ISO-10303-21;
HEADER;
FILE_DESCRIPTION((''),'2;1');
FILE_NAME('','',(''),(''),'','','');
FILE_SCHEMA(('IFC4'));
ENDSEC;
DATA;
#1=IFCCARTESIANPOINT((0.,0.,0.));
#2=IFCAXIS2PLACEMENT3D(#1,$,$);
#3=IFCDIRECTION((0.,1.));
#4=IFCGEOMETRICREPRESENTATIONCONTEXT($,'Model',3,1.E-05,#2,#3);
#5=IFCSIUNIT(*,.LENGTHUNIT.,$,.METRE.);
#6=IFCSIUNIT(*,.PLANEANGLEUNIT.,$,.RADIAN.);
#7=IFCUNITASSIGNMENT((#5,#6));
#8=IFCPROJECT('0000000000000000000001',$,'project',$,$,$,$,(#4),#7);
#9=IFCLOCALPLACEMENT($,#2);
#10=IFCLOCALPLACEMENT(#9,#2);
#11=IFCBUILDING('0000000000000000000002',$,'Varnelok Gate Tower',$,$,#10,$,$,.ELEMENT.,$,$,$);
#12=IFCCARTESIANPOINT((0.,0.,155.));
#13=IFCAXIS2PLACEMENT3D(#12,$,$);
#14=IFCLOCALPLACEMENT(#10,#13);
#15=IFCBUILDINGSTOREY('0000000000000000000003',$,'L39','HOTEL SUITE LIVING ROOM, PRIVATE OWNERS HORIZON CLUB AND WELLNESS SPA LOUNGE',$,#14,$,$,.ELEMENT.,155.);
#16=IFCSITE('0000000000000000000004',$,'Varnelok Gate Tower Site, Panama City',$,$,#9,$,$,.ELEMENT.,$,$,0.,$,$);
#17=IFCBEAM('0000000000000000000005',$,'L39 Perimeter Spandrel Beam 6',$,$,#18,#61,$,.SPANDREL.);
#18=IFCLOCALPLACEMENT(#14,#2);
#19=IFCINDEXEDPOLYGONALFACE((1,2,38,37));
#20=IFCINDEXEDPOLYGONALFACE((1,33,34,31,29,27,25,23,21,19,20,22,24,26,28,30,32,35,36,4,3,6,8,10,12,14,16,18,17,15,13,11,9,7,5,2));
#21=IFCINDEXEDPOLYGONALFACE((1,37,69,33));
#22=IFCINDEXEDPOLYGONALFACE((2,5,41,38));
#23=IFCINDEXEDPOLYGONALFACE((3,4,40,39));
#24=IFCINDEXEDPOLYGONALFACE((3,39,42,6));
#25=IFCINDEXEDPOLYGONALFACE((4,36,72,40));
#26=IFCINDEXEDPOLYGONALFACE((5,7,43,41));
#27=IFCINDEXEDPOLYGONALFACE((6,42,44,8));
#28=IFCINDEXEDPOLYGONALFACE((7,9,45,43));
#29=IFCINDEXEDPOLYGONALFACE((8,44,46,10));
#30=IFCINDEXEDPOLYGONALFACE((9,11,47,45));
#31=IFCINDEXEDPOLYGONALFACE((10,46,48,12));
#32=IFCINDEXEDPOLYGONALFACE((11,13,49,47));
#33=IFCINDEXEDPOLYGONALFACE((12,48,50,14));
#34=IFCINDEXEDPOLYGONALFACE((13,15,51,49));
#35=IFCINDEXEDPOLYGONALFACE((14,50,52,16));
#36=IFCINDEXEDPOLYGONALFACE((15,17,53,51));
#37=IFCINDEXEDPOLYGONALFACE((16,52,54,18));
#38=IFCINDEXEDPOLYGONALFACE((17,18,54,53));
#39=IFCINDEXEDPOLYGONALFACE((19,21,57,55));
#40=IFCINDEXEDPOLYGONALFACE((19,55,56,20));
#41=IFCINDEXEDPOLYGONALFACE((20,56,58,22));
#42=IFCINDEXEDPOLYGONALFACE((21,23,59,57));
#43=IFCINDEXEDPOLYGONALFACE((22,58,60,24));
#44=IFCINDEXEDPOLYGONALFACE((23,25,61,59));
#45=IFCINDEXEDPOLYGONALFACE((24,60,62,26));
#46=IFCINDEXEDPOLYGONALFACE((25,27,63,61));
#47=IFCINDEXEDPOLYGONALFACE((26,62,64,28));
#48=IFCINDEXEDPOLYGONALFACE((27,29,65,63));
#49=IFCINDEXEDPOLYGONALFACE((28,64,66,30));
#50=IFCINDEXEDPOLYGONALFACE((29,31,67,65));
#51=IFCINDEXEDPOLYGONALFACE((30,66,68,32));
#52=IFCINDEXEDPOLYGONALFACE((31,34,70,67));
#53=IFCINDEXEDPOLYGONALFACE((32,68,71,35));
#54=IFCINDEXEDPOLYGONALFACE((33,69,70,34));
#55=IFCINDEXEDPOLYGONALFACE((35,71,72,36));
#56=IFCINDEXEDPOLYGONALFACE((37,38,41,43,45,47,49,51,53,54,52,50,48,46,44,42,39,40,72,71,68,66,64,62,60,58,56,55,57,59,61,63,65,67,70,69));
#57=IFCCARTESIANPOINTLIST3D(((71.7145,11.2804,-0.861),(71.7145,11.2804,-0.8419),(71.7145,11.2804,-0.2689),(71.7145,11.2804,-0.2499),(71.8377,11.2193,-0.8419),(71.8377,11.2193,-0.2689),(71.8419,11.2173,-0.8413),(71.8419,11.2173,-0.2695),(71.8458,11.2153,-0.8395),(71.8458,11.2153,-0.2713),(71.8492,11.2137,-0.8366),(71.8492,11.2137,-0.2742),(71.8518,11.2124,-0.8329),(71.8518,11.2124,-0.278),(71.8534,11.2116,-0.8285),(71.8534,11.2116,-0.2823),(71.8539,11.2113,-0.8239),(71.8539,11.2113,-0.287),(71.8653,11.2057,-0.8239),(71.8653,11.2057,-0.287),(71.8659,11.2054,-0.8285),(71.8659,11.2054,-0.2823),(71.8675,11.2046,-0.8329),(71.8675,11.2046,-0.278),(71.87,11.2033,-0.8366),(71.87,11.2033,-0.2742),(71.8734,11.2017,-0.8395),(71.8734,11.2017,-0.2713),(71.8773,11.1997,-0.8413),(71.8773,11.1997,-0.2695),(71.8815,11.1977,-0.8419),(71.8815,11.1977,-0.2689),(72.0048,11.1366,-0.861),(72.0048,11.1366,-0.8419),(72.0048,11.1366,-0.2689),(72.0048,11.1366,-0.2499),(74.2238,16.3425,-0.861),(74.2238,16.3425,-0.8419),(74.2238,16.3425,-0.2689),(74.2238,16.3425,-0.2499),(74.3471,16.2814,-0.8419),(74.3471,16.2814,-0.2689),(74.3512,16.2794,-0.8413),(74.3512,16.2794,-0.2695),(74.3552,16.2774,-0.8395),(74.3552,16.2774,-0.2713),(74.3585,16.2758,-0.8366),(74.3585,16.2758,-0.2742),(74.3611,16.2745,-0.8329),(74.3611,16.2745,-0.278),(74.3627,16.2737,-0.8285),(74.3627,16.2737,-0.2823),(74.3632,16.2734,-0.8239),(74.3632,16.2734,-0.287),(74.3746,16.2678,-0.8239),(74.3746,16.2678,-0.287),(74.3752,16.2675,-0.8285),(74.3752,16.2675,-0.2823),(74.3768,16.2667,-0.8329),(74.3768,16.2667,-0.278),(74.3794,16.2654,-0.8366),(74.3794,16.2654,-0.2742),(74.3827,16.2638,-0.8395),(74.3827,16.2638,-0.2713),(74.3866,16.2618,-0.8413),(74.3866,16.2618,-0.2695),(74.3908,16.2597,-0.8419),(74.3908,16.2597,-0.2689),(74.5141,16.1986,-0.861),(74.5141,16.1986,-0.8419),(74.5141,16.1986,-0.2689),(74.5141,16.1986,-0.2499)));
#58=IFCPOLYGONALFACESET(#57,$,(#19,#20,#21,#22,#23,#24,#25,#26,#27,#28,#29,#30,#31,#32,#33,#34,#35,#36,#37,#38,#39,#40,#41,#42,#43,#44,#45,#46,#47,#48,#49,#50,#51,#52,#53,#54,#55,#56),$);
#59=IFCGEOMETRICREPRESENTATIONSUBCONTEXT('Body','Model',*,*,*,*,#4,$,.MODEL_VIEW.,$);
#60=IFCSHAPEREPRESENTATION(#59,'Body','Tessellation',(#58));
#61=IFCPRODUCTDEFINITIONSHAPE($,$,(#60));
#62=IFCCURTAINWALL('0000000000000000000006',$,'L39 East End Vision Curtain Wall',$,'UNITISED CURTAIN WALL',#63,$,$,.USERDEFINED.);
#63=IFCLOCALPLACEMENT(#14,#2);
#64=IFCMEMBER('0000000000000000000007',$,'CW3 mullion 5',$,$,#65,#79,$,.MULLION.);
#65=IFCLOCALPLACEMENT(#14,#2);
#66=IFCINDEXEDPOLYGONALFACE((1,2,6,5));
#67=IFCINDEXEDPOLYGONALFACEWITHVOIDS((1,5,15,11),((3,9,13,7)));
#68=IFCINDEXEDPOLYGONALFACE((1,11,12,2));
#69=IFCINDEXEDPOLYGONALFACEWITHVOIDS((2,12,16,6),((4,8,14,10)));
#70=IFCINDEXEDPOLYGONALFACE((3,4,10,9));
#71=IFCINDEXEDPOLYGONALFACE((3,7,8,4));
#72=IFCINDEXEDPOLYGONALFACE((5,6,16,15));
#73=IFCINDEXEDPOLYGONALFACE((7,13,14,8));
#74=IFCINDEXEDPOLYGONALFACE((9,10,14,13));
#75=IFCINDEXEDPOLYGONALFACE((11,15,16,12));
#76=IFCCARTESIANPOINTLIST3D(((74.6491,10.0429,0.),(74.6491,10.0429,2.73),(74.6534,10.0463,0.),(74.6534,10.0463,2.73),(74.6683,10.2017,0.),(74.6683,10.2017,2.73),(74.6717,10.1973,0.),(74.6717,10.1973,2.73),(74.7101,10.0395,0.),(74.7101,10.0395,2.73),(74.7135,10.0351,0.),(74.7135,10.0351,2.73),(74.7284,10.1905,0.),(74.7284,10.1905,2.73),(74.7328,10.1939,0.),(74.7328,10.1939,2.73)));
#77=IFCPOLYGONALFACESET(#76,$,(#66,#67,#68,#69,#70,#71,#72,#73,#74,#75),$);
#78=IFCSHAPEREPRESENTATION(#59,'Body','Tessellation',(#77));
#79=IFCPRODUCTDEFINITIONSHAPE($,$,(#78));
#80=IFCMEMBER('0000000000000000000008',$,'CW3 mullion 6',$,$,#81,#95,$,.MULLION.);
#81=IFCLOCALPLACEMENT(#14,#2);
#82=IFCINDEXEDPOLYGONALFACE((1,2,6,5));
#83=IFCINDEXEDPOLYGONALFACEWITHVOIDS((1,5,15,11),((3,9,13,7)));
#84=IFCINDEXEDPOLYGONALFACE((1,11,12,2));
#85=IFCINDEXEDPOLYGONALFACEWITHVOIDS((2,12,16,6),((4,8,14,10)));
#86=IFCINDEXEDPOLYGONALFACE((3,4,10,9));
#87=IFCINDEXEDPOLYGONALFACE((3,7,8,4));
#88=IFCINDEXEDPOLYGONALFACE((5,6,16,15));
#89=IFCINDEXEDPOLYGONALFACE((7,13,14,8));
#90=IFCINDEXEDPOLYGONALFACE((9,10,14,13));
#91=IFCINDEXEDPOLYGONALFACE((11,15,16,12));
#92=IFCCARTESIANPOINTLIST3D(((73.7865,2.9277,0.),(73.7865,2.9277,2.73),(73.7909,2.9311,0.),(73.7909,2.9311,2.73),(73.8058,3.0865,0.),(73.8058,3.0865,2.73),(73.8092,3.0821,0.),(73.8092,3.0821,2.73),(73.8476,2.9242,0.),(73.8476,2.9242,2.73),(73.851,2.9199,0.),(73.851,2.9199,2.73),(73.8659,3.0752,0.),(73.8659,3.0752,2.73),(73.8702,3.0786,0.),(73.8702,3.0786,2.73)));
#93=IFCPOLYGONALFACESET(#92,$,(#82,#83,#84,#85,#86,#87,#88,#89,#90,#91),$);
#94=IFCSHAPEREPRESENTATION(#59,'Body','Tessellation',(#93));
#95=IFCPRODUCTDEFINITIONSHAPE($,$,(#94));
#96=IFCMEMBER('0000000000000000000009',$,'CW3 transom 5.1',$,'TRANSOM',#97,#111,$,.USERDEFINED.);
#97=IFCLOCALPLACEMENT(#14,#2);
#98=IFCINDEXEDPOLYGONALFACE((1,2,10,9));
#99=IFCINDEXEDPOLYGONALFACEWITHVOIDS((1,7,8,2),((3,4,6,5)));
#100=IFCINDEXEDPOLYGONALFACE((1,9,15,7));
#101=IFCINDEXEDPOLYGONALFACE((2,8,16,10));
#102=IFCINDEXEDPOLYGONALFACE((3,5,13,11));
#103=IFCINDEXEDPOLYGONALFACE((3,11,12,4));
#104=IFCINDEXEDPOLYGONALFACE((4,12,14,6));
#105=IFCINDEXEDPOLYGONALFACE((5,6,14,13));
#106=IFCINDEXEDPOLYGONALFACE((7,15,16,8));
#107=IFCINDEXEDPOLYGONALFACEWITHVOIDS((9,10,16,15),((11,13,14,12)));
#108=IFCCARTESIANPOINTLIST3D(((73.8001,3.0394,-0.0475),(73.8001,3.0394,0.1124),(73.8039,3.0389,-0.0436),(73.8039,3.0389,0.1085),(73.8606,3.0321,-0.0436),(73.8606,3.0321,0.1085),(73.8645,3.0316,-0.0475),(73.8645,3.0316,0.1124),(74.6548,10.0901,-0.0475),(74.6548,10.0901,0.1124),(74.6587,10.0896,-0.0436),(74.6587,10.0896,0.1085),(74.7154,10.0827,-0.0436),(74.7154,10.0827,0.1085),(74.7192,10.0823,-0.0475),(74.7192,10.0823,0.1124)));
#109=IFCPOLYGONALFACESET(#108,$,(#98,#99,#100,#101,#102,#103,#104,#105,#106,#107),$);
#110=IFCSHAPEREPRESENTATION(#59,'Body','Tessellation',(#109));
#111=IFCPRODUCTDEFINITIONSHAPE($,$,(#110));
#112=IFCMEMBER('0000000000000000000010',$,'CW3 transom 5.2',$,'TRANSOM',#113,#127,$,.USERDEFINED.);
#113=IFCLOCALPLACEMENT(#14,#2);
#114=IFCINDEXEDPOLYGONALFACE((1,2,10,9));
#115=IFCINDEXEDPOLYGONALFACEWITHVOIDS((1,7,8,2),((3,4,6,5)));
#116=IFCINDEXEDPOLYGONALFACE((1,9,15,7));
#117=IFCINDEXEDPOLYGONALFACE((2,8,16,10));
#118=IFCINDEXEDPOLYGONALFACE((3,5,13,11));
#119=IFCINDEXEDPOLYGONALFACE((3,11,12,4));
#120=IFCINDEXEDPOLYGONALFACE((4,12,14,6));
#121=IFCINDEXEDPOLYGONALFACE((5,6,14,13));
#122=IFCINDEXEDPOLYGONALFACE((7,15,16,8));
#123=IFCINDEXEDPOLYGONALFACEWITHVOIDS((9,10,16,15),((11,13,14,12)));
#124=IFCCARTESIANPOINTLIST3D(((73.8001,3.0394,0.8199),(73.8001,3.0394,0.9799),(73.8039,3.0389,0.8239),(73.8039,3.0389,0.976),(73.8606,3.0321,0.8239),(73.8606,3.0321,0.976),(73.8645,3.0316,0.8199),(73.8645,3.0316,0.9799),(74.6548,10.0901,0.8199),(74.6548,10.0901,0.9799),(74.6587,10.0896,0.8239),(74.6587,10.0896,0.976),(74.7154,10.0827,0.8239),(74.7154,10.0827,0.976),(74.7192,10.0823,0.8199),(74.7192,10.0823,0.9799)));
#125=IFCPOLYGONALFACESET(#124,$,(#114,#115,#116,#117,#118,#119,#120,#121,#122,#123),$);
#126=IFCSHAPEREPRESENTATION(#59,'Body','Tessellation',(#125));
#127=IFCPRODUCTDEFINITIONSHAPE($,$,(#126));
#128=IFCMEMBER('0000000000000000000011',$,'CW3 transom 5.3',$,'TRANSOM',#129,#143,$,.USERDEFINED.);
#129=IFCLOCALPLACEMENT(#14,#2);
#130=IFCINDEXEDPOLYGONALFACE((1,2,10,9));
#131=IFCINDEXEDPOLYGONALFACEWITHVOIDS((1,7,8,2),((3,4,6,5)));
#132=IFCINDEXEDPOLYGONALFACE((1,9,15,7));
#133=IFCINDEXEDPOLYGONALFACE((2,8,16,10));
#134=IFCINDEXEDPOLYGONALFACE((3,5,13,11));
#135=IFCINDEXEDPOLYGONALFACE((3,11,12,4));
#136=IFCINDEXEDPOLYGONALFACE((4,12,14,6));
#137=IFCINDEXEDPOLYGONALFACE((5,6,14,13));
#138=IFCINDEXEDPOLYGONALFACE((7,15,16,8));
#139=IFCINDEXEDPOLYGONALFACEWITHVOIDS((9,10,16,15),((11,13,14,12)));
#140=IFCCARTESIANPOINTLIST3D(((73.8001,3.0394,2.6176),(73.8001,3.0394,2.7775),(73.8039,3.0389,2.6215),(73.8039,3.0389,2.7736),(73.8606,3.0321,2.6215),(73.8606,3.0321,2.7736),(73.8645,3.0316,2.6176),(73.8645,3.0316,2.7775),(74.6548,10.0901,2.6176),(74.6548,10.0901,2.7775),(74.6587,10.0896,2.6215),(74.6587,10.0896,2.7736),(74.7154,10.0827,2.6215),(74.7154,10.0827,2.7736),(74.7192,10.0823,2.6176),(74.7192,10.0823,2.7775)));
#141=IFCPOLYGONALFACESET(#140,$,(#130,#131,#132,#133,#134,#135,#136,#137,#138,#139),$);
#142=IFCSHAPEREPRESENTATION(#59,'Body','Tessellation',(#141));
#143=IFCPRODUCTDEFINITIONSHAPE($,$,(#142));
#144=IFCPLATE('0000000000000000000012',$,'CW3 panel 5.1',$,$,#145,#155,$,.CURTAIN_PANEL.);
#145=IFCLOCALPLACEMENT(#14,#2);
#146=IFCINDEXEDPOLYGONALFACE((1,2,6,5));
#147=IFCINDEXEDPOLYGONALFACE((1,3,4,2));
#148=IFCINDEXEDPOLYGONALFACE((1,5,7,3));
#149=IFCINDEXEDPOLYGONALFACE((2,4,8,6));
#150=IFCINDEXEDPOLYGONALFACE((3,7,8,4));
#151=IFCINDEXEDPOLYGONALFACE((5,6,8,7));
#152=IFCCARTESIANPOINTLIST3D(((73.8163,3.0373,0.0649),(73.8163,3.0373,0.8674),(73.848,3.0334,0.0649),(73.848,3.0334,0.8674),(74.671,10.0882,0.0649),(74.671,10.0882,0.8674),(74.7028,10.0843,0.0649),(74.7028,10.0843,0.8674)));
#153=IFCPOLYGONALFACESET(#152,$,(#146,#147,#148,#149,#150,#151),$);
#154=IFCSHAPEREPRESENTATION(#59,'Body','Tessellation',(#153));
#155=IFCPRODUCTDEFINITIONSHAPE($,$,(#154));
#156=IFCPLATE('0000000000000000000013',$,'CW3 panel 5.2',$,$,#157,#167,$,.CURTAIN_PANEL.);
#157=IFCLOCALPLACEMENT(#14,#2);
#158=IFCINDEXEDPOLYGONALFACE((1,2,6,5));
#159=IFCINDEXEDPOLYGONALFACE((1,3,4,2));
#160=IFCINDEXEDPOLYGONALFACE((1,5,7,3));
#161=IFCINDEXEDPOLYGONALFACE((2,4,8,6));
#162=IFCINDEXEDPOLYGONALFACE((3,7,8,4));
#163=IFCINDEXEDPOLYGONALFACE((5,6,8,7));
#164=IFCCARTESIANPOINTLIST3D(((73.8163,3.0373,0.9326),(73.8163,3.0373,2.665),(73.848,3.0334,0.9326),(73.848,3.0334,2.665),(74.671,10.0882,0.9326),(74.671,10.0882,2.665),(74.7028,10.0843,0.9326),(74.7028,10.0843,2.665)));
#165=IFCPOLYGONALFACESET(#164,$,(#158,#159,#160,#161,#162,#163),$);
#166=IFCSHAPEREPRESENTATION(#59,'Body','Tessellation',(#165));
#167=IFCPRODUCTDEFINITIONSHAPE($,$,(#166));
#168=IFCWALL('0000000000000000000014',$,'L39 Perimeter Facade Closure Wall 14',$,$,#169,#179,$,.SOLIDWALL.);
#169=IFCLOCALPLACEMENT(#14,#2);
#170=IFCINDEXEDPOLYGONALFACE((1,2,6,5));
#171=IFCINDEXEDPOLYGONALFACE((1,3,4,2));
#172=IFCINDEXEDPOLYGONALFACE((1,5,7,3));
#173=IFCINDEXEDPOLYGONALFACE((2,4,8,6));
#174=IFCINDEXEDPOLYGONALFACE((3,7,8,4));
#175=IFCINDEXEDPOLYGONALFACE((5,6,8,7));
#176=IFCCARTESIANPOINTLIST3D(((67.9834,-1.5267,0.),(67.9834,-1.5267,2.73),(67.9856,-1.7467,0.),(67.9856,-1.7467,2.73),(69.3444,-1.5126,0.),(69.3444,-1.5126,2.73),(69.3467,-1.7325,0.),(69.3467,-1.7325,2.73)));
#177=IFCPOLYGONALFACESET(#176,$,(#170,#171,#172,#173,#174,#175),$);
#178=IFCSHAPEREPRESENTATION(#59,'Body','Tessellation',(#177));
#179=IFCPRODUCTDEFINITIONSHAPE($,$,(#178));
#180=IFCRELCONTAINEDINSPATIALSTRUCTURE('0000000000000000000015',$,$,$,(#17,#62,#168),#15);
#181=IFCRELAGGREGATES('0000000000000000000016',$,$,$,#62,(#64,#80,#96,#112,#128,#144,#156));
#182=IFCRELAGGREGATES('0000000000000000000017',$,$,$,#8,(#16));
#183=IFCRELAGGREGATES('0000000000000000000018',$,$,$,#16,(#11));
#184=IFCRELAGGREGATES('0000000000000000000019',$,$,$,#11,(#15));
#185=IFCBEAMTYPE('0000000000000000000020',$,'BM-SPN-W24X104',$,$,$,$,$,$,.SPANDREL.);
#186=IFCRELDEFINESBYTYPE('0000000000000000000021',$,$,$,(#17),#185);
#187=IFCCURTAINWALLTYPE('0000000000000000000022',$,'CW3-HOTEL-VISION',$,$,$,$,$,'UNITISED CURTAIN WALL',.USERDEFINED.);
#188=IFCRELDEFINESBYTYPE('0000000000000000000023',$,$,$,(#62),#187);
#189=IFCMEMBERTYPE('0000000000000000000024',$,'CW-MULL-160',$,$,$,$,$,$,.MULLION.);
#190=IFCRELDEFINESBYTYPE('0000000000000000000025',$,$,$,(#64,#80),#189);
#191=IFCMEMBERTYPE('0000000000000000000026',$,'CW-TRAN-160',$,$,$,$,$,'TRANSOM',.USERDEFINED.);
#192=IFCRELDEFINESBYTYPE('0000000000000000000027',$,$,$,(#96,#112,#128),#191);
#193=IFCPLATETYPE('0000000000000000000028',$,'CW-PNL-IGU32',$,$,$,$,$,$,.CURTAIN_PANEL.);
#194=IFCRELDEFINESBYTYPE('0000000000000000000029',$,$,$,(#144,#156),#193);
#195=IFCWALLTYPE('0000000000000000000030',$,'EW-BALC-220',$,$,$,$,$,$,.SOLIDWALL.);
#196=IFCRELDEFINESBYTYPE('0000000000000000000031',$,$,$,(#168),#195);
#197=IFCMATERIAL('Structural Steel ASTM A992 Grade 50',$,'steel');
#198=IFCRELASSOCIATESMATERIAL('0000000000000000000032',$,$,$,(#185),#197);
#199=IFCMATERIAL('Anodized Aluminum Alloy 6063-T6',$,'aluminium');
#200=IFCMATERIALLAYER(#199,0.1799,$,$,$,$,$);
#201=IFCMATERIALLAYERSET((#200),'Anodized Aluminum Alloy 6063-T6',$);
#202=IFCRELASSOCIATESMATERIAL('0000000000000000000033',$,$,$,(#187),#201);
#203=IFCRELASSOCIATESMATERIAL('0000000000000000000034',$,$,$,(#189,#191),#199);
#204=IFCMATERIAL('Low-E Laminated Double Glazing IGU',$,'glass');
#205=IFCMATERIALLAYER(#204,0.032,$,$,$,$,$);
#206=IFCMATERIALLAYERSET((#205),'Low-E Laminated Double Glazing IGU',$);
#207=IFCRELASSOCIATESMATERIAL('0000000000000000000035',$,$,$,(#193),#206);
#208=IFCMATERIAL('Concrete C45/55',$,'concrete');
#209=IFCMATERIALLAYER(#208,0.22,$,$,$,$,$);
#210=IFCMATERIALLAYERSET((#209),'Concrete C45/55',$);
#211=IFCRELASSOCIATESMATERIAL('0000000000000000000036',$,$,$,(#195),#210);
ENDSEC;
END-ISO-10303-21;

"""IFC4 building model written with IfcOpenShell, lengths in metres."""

from ifc_helpers import new_model, si_unit, direction, frame, frame_2d, origin, origin_2d, place, context, subcontext, project, spatial, rectangle, hollow_rectangle, i_section, extrude, source, transform, mapped, material, layer, layer_set, material_profile, profile_set, type_object, element, aggregate, save


model = new_model("IFC4")

# Units and contexts
model_context = context("Model", 3, precision=1e-05, world=origin(), true_north=direction((0.0, 1.0)))
body_context = subcontext(model_context, "Body", "Model", "MODEL_VIEW")
ifc_project = project(units=[si_unit("LENGTHUNIT", "METRE"), si_unit("PLANEANGLEUNIT", "RADIAN")], contexts=[model_context])

# Site, building, storey
site_placement = place(None, origin())
site = spatial("IfcSite", under=ifc_project, at=site_placement, Name="Varnelok Gate Tower Site, Panama City", CompositionType="ELEMENT", RefElevation=0.0)
building_placement = place(site_placement, origin())
building = spatial("IfcBuilding", under=site, at=building_placement, Name="Varnelok Gate Tower", CompositionType="ELEMENT")
storey_placement = place(building_placement, frame((0.0, 0.0, 155.0)))
storey = spatial("IfcBuildingStorey", under=building, at=storey_placement, Name="L39", Description="HOTEL SUITE LIVING ROOM, PRIVATE OWNERS HORIZON CLUB AND WELLNESS SPA LOUNGE", CompositionType="ELEMENT", Elevation=155.0)

# Shared definitions
ifc_material_1 = material(Name="Structural Steel ASTM A992 Grade 50", Category="steel")

# Beam
ifc_material_profile_1 = material_profile(ifc_material_1, i_section(OverallWidth=0.324, OverallDepth=0.6111, WebThickness=0.0127, FlangeThickness=0.019, FilletRadius=0.0181, at=origin_2d()), Name="W24X104")
ifc_profile_set_1 = profile_set([ifc_material_profile_1], Name="Structural Steel ASTM A992 Grade 50")
beam_type_1 = type_object("IfcBeamType", Name="BM-SPN-W24X104", PredefinedType="SPANDREL", material=ifc_profile_set_1)
beam_1_placement = place(storey_placement, frame((71.8596, 11.2085, -0.5554), z_axis=(0.444134, 0.89596, 0.0), x_axis=(-0.89596, 0.444134, 0.0)))
element("IfcBeam", 1, at=beam_1_placement, inside=storey, type_object=beam_type_1, Name="L39 Perimeter Spandrel Beam 6", PredefinedType="SPANDREL", context=body_context, shape_type="SweptSolid", body=[
    extrude(i_section(OverallWidth=0.324, OverallDepth=0.6111, WebThickness=0.0127, FlangeThickness=0.019, FilletRadius=0.0181, at=origin_2d()), origin(), (0.0, 0.0, 1.0), 5.6499),
])

# Curtain wall, members, plates
ifc_material_2 = material(Name="Anodized Aluminum Alloy 6063-T6", Category="aluminium")
ifc_layer_1 = layer(ifc_material_2, 0.1799)
ifc_layer_set_1 = layer_set([ifc_layer_1], Name="Anodized Aluminum Alloy 6063-T6")
curtain_wall_type = type_object("IfcCurtainWallType", Name="CW3-HOTEL-VISION", ElementType="UNITISED CURTAIN WALL", PredefinedType="USERDEFINED", material=ifc_layer_set_1)
curtain_wall_placement = place(storey_placement, origin())
curtain_wall = element("IfcCurtainWall", 2, at=curtain_wall_placement, inside=storey, type_object=curtain_wall_type, Name="L39 East End Vision Curtain Wall", ObjectType="UNITISED CURTAIN WALL", PredefinedType="USERDEFINED")
ifc_material_profile_2 = material_profile(ifc_material_2, hollow_rectangle(XDim=0.0649, YDim=0.1599, WallThickness=0.0039, at=origin_2d()), Name="ALU160X65X4")
ifc_profile_set_2 = profile_set([ifc_material_profile_2], Name="Anodized Aluminum Alloy 6063-T6")
member_type_1 = type_object("IfcMemberType", Name="CW-MULL-160", PredefinedType="MULLION", material=ifc_profile_set_2)
member_1_placement = place(storey_placement, frame((74.6909, 10.1184, 0.0), z_axis=(0.0, 0.0, 1.0), x_axis=(0.992732, -0.120347, 0.0)))
member_1 = element("IfcMember", 3, at=member_1_placement, type_object=member_type_1, Name="CW3 mullion 5", PredefinedType="MULLION", context=body_context, shape_type="SweptSolid", body=[
    extrude(hollow_rectangle(XDim=0.0649, YDim=0.1599, WallThickness=0.0039, at=origin_2d()), origin(), (0.0, 0.0, 1.0), 2.73),
])
member_2_placement = place(storey_placement, frame((73.8284, 3.0032, 0.0), z_axis=(0.0, 0.0, 1.0), x_axis=(0.992732, -0.120347, 0.0)))
member_2 = element("IfcMember", 4, at=member_2_placement, type_object=member_type_1, Name="CW3 mullion 6", PredefinedType="MULLION", context=body_context, shape_type="SweptSolid", body=[
    extrude(hollow_rectangle(XDim=0.0649, YDim=0.1599, WallThickness=0.0039, at=origin_2d()), origin(), (0.0, 0.0, 1.0), 2.73),
])
ifc_material_profile_3 = material_profile(ifc_material_2, hollow_rectangle(XDim=0.0649, YDim=0.1599, WallThickness=0.0039, at=origin_2d()), Name="ALU160X65X4")
ifc_profile_set_3 = profile_set([ifc_material_profile_3], Name="Anodized Aluminum Alloy 6063-T6")
member_type_2 = type_object("IfcMemberType", Name="CW-TRAN-160", ElementType="TRANSOM", PredefinedType="USERDEFINED", material=ifc_profile_set_3)
member_3_placement = place(storey_placement, frame((74.687, 10.0862, 0.0325), z_axis=(-0.120345, -0.992732, 0.0), x_axis=(0.992732, -0.120345, 0.0)))
member_3 = element("IfcMember", 5, at=member_3_placement, type_object=member_type_2, Name="CW3 transom 5.1", ObjectType="TRANSOM", PredefinedType="USERDEFINED", context=body_context, shape_type="SweptSolid", body=[
    extrude(hollow_rectangle(XDim=0.0649, YDim=0.1599, WallThickness=0.0039, at=origin_2d()), origin(), (0.0, 0.0, 1.0), 7.1023),
])
member_4_placement = place(storey_placement, frame((74.687, 10.0862, 0.8999), z_axis=(-0.120345, -0.992732, 0.0), x_axis=(0.992732, -0.120345, 0.0)))
member_4 = element("IfcMember", 6, at=member_4_placement, type_object=member_type_2, Name="CW3 transom 5.2", ObjectType="TRANSOM", PredefinedType="USERDEFINED", context=body_context, shape_type="SweptSolid", body=[
    extrude(hollow_rectangle(XDim=0.0649, YDim=0.1599, WallThickness=0.0039, at=origin_2d()), origin(), (0.0, 0.0, 1.0), 7.1023),
])
member_5_placement = place(storey_placement, frame((74.687, 10.0862, 2.6975), z_axis=(-0.120345, -0.992732, 0.0), x_axis=(0.992732, -0.120345, 0.0)))
member_5 = element("IfcMember", 7, at=member_5_placement, type_object=member_type_2, Name="CW3 transom 5.3", ObjectType="TRANSOM", PredefinedType="USERDEFINED", context=body_context, shape_type="SweptSolid", body=[
    extrude(hollow_rectangle(XDim=0.0649, YDim=0.1599, WallThickness=0.0039, at=origin_2d()), origin(), (0.0, 0.0, 1.0), 7.1023),
])
ifc_material_3 = material(Name="Low-E Laminated Double Glazing IGU", Category="glass")
ifc_layer_2 = layer(ifc_material_3, 0.032)
ifc_layer_set_2 = layer_set([ifc_layer_2], Name="Low-E Laminated Double Glazing IGU")
plate_type = type_object("IfcPlateType", Name="CW-PNL-IGU32", PredefinedType="CURTAIN_PANEL", material=ifc_layer_set_2)
shared_shape_1 = source(origin(), body_context, "Body", "SweptSolid", [
    extrude(rectangle(XDim=7.1025, YDim=0.032, at=origin_2d()), origin(), (0.0, 0.0, 1.0), 0.8025),
])
plate_1_placement = place(storey_placement, frame((74.2595, 6.5608, 0.0649), z_axis=(0.0, 0.0, 1.0), x_axis=(-0.120347, -0.992732, 0.0)))
plate_1 = element("IfcPlate", 8, at=plate_1_placement, type_object=plate_type, Name="CW3 panel 5.1", PredefinedType="CURTAIN_PANEL", context=body_context, shape_type="MappedRepresentation", body=[
    mapped(shared_shape_1, transform((0.0, 0.0, 0.0), scale=1.0)),
])
shared_shape_2 = source(origin(), body_context, "Body", "SweptSolid", [
    extrude(rectangle(XDim=7.1025, YDim=0.032, at=origin_2d()), origin(), (0.0, 0.0, 1.0), 1.7324),
])
plate_2_placement = place(storey_placement, frame((74.2595, 6.5608, 0.9326), z_axis=(0.0, 0.0, 1.0), x_axis=(-0.120347, -0.992732, 0.0)))
plate_2 = element("IfcPlate", 9, at=plate_2_placement, type_object=plate_type, Name="CW3 panel 5.2", PredefinedType="CURTAIN_PANEL", context=body_context, shape_type="MappedRepresentation", body=[
    mapped(shared_shape_2, transform((0.0, 0.0, 0.0), scale=1.0)),
])
aggregate(curtain_wall, [member_1, member_2, member_3, member_4, member_5, plate_1, plate_2])

# Wall
ifc_material_4 = material(Name="Concrete C45/55", Category="concrete")
ifc_layer_3 = layer(ifc_material_4, 0.22)
ifc_layer_set_3 = layer_set([ifc_layer_3], Name="Concrete C45/55")
wall_type_1 = type_object("IfcWallType", Name="EW-BALC-220", PredefinedType="SOLIDWALL", material=ifc_layer_set_3)
wall_1_placement = place(storey_placement, frame((67.9844, -1.6367, 0.0), z_axis=(0.0, 0.0, 1.0), x_axis=(0.999946, 0.010403, 0.0)))
element("IfcWall", 10, at=wall_1_placement, inside=storey, type_object=wall_type_1, Name="L39 Perimeter Facade Closure Wall 14", PredefinedType="SOLIDWALL", context=body_context, shape_type="SweptSolid", body=[
    extrude(rectangle(XDim=1.3611, YDim=0.22, at=frame_2d((0.6807, 0.0))), origin(), (0.0, 0.0, 1.0), 2.73),
])

save(model, "model.ifc")
